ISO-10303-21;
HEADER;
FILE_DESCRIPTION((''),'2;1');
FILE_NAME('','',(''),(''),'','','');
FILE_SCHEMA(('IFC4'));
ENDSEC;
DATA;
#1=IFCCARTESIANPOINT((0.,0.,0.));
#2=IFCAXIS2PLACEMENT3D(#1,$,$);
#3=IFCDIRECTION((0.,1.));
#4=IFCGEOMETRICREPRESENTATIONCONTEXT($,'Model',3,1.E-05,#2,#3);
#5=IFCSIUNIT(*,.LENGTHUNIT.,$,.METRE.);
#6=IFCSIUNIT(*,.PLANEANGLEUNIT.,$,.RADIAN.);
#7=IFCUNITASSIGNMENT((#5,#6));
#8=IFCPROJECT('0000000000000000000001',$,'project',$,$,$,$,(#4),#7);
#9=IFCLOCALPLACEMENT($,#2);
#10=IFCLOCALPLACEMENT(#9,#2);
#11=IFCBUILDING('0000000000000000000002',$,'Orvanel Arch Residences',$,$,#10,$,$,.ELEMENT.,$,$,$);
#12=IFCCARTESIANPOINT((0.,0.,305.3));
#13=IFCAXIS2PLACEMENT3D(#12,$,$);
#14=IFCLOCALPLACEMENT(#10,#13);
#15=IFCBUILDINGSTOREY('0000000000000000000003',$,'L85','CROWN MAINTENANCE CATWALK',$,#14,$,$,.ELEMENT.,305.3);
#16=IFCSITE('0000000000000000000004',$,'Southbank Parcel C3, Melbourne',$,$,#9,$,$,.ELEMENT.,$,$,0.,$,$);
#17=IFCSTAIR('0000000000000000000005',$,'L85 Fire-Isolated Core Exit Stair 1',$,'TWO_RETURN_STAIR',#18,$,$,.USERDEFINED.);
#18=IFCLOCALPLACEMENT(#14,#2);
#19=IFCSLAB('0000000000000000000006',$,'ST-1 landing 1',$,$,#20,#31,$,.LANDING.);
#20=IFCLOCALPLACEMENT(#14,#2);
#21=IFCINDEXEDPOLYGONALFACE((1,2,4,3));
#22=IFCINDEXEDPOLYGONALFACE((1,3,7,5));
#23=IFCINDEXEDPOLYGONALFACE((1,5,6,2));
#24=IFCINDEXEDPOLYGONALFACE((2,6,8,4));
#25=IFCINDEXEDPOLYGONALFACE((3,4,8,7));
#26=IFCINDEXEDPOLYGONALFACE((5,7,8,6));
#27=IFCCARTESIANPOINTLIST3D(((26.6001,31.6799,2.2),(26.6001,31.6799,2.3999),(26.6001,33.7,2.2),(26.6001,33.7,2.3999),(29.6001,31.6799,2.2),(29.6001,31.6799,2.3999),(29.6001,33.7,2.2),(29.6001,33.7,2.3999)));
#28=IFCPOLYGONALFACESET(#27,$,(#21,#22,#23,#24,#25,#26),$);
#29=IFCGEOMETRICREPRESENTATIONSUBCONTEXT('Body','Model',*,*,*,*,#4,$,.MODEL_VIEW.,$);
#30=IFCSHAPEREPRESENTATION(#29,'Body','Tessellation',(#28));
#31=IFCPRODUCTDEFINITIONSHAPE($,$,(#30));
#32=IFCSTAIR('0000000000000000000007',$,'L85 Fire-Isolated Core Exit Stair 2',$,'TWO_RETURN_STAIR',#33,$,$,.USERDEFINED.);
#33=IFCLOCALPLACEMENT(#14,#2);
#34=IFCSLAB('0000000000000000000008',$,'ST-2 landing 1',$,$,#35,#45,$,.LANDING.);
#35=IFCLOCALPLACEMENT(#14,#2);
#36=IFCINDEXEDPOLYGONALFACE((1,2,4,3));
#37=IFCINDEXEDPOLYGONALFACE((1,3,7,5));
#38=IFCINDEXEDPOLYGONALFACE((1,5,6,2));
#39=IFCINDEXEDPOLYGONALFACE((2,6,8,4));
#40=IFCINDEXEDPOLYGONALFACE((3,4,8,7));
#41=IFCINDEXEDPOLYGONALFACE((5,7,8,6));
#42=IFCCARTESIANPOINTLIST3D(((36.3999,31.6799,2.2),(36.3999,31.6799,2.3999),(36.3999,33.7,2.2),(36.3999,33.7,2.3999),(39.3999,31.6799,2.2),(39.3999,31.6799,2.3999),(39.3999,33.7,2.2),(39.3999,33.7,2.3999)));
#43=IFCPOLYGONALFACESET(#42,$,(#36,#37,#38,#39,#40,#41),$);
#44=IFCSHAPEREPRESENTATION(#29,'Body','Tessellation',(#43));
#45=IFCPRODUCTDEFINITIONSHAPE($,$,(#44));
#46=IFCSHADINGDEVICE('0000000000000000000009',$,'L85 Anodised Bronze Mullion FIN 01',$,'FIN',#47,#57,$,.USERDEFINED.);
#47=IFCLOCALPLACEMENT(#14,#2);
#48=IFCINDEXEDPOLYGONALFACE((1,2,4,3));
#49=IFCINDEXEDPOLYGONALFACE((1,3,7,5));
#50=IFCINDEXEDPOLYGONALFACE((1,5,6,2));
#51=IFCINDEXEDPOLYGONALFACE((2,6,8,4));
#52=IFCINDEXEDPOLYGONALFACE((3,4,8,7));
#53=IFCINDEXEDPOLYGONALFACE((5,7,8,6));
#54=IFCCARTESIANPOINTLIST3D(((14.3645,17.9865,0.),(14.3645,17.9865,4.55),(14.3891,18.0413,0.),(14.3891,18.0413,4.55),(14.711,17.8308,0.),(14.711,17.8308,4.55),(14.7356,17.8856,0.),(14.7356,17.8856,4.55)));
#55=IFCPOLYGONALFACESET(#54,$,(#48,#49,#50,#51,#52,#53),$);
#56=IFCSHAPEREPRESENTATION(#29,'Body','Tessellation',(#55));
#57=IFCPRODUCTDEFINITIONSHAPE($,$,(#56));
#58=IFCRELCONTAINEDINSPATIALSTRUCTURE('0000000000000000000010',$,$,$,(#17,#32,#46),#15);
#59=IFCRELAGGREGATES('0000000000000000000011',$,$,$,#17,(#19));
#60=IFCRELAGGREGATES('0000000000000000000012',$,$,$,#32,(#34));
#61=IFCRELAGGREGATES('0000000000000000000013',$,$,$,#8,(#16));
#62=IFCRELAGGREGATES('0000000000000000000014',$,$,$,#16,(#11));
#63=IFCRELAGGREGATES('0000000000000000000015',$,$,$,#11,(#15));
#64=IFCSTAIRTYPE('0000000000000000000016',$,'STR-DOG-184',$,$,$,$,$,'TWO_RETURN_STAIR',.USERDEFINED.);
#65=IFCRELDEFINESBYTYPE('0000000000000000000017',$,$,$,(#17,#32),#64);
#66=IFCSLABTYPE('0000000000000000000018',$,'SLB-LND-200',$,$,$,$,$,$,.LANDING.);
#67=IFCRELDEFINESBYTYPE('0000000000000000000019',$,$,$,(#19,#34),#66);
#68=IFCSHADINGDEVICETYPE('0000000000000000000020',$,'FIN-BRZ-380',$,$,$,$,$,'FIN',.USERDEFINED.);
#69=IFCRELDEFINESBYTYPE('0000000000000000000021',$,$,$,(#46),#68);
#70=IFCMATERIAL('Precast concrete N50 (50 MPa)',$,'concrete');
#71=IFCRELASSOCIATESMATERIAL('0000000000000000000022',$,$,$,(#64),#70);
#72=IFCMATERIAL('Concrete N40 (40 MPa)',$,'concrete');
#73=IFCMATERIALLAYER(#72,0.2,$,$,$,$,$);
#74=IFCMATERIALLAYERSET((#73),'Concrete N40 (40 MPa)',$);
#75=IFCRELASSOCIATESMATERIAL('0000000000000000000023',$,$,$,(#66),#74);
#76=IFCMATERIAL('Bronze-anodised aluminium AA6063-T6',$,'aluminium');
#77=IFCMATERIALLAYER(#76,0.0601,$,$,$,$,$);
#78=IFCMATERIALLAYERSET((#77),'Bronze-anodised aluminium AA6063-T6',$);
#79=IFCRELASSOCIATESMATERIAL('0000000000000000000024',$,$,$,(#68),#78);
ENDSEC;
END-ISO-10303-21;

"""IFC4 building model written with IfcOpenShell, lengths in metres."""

from ifc_helpers import new_model, si_unit, direction, frame, origin, origin_2d, place, context, subcontext, project, spatial, polyline, rectangle, outline, extrude, material, layer, layer_set, type_object, element, aggregate, save


model = new_model("IFC4")

# Units and contexts
model_context = context("Model", 3, precision=1e-05, world=origin(), true_north=direction((0.0, 1.0)))
body_context = subcontext(model_context, "Body", "Model", "MODEL_VIEW")
ifc_project = project(units=[si_unit("LENGTHUNIT", "METRE"), si_unit("PLANEANGLEUNIT", "RADIAN")], contexts=[model_context])

# Site, building, storey
site_placement = place(None, origin())
site = spatial("IfcSite", under=ifc_project, at=site_placement, Name="Southbank Parcel C3, Melbourne", CompositionType="ELEMENT", RefElevation=0.0)
building_placement = place(site_placement, origin())
building = spatial("IfcBuilding", under=site, at=building_placement, Name="Orvanel Arch Residences", CompositionType="ELEMENT")
storey_placement = place(building_placement, frame((0.0, 0.0, 305.3)))
storey = spatial("IfcBuildingStorey", under=building, at=storey_placement, Name="L85", Description="CROWN MAINTENANCE CATWALK", CompositionType="ELEMENT", Elevation=305.3)

# Shared definitions
ifc_material_1 = material(Name="Bronze-anodised aluminium AA6063-T6", Category="aluminium")

# Shared definitions
ifc_material_2 = material(Name="Concrete N40 (40 MPa)", Category="concrete")

# Stairs, slabs
ifc_material_3 = material(Name="Precast concrete N50 (50 MPa)", Category="concrete")
stair_type = type_object("IfcStairType", Name="STR-DOG-184", ElementType="TWO_RETURN_STAIR", PredefinedType="USERDEFINED", material=ifc_material_3)
stair_1_placement = place(storey_placement, origin())
stair_1 = element("IfcStair", 1, at=stair_1_placement, inside=storey, type_object=stair_type, Name="L85 Fire-Isolated Core Exit Stair 1", ObjectType="TWO_RETURN_STAIR", PredefinedType="USERDEFINED")
ifc_layer_1 = layer(ifc_material_2, 0.2)
ifc_layer_set_1 = layer_set([ifc_layer_1], Name="Concrete N40 (40 MPa)")
slab_type_1 = type_object("IfcSlabType", Name="SLB-LND-200", PredefinedType="LANDING", material=ifc_layer_set_1)
slab_1_placement = place(storey_placement, frame((0.0, 0.0, 2.2)))
slab_1 = element("IfcSlab", 2, at=slab_1_placement, type_object=slab_type_1, Name="ST-1 landing 1", PredefinedType="LANDING", context=body_context, shape_type="SweptSolid", body=[
    extrude(outline(polyline([(29.6001, 31.6799), (29.6001, 33.7), (26.6001, 33.7), (26.6001, 31.6799), (29.6001, 31.6799)])), origin(), (0.0, 0.0, 1.0), 0.2),
])
aggregate(stair_1, [slab_1])
stair_2_placement = place(storey_placement, origin())
stair_2 = element("IfcStair", 3, at=stair_2_placement, inside=storey, type_object=stair_type, Name="L85 Fire-Isolated Core Exit Stair 2", ObjectType="TWO_RETURN_STAIR", PredefinedType="USERDEFINED")
slab_2_placement = place(storey_placement, frame((0.0, 0.0, 2.2)))
slab_2 = element("IfcSlab", 4, at=slab_2_placement, type_object=slab_type_1, Name="ST-2 landing 1", PredefinedType="LANDING", context=body_context, shape_type="SweptSolid", body=[
    extrude(outline(polyline([(39.3999, 31.6799), (39.3999, 33.7), (36.3999, 33.7), (36.3999, 31.6799), (39.3999, 31.6799)])), origin(), (0.0, 0.0, 1.0), 0.2),
])
aggregate(stair_2, [slab_2])

# Shading device
ifc_layer_2 = layer(ifc_material_1, 0.0601)
ifc_layer_set_2 = layer_set([ifc_layer_2], Name="Bronze-anodised aluminium AA6063-T6")
shading_device_type = type_object("IfcShadingDeviceType", Name="FIN-BRZ-380", ElementType="FIN", PredefinedType="USERDEFINED", material=ifc_layer_set_2)
shading_device_placement = place(storey_placement, frame((14.55, 17.936, 0.0), z_axis=(0.0, 0.0, 1.0), x_axis=(-0.91212, 0.409923, 0.0)))
element("IfcShadingDevice", 5, at=shading_device_placement, inside=storey, type_object=shading_device_type, Name="L85 Anodised Bronze Mullion FIN 01", ObjectType="FIN", PredefinedType="USERDEFINED", context=body_context, shape_type="SweptSolid", body=[
    extrude(rectangle(XDim=0.3799, YDim=0.0601, at=origin_2d()), origin(), (0.0, 0.0, 1.0), 4.55),
])

save(model, "model.ifc")
